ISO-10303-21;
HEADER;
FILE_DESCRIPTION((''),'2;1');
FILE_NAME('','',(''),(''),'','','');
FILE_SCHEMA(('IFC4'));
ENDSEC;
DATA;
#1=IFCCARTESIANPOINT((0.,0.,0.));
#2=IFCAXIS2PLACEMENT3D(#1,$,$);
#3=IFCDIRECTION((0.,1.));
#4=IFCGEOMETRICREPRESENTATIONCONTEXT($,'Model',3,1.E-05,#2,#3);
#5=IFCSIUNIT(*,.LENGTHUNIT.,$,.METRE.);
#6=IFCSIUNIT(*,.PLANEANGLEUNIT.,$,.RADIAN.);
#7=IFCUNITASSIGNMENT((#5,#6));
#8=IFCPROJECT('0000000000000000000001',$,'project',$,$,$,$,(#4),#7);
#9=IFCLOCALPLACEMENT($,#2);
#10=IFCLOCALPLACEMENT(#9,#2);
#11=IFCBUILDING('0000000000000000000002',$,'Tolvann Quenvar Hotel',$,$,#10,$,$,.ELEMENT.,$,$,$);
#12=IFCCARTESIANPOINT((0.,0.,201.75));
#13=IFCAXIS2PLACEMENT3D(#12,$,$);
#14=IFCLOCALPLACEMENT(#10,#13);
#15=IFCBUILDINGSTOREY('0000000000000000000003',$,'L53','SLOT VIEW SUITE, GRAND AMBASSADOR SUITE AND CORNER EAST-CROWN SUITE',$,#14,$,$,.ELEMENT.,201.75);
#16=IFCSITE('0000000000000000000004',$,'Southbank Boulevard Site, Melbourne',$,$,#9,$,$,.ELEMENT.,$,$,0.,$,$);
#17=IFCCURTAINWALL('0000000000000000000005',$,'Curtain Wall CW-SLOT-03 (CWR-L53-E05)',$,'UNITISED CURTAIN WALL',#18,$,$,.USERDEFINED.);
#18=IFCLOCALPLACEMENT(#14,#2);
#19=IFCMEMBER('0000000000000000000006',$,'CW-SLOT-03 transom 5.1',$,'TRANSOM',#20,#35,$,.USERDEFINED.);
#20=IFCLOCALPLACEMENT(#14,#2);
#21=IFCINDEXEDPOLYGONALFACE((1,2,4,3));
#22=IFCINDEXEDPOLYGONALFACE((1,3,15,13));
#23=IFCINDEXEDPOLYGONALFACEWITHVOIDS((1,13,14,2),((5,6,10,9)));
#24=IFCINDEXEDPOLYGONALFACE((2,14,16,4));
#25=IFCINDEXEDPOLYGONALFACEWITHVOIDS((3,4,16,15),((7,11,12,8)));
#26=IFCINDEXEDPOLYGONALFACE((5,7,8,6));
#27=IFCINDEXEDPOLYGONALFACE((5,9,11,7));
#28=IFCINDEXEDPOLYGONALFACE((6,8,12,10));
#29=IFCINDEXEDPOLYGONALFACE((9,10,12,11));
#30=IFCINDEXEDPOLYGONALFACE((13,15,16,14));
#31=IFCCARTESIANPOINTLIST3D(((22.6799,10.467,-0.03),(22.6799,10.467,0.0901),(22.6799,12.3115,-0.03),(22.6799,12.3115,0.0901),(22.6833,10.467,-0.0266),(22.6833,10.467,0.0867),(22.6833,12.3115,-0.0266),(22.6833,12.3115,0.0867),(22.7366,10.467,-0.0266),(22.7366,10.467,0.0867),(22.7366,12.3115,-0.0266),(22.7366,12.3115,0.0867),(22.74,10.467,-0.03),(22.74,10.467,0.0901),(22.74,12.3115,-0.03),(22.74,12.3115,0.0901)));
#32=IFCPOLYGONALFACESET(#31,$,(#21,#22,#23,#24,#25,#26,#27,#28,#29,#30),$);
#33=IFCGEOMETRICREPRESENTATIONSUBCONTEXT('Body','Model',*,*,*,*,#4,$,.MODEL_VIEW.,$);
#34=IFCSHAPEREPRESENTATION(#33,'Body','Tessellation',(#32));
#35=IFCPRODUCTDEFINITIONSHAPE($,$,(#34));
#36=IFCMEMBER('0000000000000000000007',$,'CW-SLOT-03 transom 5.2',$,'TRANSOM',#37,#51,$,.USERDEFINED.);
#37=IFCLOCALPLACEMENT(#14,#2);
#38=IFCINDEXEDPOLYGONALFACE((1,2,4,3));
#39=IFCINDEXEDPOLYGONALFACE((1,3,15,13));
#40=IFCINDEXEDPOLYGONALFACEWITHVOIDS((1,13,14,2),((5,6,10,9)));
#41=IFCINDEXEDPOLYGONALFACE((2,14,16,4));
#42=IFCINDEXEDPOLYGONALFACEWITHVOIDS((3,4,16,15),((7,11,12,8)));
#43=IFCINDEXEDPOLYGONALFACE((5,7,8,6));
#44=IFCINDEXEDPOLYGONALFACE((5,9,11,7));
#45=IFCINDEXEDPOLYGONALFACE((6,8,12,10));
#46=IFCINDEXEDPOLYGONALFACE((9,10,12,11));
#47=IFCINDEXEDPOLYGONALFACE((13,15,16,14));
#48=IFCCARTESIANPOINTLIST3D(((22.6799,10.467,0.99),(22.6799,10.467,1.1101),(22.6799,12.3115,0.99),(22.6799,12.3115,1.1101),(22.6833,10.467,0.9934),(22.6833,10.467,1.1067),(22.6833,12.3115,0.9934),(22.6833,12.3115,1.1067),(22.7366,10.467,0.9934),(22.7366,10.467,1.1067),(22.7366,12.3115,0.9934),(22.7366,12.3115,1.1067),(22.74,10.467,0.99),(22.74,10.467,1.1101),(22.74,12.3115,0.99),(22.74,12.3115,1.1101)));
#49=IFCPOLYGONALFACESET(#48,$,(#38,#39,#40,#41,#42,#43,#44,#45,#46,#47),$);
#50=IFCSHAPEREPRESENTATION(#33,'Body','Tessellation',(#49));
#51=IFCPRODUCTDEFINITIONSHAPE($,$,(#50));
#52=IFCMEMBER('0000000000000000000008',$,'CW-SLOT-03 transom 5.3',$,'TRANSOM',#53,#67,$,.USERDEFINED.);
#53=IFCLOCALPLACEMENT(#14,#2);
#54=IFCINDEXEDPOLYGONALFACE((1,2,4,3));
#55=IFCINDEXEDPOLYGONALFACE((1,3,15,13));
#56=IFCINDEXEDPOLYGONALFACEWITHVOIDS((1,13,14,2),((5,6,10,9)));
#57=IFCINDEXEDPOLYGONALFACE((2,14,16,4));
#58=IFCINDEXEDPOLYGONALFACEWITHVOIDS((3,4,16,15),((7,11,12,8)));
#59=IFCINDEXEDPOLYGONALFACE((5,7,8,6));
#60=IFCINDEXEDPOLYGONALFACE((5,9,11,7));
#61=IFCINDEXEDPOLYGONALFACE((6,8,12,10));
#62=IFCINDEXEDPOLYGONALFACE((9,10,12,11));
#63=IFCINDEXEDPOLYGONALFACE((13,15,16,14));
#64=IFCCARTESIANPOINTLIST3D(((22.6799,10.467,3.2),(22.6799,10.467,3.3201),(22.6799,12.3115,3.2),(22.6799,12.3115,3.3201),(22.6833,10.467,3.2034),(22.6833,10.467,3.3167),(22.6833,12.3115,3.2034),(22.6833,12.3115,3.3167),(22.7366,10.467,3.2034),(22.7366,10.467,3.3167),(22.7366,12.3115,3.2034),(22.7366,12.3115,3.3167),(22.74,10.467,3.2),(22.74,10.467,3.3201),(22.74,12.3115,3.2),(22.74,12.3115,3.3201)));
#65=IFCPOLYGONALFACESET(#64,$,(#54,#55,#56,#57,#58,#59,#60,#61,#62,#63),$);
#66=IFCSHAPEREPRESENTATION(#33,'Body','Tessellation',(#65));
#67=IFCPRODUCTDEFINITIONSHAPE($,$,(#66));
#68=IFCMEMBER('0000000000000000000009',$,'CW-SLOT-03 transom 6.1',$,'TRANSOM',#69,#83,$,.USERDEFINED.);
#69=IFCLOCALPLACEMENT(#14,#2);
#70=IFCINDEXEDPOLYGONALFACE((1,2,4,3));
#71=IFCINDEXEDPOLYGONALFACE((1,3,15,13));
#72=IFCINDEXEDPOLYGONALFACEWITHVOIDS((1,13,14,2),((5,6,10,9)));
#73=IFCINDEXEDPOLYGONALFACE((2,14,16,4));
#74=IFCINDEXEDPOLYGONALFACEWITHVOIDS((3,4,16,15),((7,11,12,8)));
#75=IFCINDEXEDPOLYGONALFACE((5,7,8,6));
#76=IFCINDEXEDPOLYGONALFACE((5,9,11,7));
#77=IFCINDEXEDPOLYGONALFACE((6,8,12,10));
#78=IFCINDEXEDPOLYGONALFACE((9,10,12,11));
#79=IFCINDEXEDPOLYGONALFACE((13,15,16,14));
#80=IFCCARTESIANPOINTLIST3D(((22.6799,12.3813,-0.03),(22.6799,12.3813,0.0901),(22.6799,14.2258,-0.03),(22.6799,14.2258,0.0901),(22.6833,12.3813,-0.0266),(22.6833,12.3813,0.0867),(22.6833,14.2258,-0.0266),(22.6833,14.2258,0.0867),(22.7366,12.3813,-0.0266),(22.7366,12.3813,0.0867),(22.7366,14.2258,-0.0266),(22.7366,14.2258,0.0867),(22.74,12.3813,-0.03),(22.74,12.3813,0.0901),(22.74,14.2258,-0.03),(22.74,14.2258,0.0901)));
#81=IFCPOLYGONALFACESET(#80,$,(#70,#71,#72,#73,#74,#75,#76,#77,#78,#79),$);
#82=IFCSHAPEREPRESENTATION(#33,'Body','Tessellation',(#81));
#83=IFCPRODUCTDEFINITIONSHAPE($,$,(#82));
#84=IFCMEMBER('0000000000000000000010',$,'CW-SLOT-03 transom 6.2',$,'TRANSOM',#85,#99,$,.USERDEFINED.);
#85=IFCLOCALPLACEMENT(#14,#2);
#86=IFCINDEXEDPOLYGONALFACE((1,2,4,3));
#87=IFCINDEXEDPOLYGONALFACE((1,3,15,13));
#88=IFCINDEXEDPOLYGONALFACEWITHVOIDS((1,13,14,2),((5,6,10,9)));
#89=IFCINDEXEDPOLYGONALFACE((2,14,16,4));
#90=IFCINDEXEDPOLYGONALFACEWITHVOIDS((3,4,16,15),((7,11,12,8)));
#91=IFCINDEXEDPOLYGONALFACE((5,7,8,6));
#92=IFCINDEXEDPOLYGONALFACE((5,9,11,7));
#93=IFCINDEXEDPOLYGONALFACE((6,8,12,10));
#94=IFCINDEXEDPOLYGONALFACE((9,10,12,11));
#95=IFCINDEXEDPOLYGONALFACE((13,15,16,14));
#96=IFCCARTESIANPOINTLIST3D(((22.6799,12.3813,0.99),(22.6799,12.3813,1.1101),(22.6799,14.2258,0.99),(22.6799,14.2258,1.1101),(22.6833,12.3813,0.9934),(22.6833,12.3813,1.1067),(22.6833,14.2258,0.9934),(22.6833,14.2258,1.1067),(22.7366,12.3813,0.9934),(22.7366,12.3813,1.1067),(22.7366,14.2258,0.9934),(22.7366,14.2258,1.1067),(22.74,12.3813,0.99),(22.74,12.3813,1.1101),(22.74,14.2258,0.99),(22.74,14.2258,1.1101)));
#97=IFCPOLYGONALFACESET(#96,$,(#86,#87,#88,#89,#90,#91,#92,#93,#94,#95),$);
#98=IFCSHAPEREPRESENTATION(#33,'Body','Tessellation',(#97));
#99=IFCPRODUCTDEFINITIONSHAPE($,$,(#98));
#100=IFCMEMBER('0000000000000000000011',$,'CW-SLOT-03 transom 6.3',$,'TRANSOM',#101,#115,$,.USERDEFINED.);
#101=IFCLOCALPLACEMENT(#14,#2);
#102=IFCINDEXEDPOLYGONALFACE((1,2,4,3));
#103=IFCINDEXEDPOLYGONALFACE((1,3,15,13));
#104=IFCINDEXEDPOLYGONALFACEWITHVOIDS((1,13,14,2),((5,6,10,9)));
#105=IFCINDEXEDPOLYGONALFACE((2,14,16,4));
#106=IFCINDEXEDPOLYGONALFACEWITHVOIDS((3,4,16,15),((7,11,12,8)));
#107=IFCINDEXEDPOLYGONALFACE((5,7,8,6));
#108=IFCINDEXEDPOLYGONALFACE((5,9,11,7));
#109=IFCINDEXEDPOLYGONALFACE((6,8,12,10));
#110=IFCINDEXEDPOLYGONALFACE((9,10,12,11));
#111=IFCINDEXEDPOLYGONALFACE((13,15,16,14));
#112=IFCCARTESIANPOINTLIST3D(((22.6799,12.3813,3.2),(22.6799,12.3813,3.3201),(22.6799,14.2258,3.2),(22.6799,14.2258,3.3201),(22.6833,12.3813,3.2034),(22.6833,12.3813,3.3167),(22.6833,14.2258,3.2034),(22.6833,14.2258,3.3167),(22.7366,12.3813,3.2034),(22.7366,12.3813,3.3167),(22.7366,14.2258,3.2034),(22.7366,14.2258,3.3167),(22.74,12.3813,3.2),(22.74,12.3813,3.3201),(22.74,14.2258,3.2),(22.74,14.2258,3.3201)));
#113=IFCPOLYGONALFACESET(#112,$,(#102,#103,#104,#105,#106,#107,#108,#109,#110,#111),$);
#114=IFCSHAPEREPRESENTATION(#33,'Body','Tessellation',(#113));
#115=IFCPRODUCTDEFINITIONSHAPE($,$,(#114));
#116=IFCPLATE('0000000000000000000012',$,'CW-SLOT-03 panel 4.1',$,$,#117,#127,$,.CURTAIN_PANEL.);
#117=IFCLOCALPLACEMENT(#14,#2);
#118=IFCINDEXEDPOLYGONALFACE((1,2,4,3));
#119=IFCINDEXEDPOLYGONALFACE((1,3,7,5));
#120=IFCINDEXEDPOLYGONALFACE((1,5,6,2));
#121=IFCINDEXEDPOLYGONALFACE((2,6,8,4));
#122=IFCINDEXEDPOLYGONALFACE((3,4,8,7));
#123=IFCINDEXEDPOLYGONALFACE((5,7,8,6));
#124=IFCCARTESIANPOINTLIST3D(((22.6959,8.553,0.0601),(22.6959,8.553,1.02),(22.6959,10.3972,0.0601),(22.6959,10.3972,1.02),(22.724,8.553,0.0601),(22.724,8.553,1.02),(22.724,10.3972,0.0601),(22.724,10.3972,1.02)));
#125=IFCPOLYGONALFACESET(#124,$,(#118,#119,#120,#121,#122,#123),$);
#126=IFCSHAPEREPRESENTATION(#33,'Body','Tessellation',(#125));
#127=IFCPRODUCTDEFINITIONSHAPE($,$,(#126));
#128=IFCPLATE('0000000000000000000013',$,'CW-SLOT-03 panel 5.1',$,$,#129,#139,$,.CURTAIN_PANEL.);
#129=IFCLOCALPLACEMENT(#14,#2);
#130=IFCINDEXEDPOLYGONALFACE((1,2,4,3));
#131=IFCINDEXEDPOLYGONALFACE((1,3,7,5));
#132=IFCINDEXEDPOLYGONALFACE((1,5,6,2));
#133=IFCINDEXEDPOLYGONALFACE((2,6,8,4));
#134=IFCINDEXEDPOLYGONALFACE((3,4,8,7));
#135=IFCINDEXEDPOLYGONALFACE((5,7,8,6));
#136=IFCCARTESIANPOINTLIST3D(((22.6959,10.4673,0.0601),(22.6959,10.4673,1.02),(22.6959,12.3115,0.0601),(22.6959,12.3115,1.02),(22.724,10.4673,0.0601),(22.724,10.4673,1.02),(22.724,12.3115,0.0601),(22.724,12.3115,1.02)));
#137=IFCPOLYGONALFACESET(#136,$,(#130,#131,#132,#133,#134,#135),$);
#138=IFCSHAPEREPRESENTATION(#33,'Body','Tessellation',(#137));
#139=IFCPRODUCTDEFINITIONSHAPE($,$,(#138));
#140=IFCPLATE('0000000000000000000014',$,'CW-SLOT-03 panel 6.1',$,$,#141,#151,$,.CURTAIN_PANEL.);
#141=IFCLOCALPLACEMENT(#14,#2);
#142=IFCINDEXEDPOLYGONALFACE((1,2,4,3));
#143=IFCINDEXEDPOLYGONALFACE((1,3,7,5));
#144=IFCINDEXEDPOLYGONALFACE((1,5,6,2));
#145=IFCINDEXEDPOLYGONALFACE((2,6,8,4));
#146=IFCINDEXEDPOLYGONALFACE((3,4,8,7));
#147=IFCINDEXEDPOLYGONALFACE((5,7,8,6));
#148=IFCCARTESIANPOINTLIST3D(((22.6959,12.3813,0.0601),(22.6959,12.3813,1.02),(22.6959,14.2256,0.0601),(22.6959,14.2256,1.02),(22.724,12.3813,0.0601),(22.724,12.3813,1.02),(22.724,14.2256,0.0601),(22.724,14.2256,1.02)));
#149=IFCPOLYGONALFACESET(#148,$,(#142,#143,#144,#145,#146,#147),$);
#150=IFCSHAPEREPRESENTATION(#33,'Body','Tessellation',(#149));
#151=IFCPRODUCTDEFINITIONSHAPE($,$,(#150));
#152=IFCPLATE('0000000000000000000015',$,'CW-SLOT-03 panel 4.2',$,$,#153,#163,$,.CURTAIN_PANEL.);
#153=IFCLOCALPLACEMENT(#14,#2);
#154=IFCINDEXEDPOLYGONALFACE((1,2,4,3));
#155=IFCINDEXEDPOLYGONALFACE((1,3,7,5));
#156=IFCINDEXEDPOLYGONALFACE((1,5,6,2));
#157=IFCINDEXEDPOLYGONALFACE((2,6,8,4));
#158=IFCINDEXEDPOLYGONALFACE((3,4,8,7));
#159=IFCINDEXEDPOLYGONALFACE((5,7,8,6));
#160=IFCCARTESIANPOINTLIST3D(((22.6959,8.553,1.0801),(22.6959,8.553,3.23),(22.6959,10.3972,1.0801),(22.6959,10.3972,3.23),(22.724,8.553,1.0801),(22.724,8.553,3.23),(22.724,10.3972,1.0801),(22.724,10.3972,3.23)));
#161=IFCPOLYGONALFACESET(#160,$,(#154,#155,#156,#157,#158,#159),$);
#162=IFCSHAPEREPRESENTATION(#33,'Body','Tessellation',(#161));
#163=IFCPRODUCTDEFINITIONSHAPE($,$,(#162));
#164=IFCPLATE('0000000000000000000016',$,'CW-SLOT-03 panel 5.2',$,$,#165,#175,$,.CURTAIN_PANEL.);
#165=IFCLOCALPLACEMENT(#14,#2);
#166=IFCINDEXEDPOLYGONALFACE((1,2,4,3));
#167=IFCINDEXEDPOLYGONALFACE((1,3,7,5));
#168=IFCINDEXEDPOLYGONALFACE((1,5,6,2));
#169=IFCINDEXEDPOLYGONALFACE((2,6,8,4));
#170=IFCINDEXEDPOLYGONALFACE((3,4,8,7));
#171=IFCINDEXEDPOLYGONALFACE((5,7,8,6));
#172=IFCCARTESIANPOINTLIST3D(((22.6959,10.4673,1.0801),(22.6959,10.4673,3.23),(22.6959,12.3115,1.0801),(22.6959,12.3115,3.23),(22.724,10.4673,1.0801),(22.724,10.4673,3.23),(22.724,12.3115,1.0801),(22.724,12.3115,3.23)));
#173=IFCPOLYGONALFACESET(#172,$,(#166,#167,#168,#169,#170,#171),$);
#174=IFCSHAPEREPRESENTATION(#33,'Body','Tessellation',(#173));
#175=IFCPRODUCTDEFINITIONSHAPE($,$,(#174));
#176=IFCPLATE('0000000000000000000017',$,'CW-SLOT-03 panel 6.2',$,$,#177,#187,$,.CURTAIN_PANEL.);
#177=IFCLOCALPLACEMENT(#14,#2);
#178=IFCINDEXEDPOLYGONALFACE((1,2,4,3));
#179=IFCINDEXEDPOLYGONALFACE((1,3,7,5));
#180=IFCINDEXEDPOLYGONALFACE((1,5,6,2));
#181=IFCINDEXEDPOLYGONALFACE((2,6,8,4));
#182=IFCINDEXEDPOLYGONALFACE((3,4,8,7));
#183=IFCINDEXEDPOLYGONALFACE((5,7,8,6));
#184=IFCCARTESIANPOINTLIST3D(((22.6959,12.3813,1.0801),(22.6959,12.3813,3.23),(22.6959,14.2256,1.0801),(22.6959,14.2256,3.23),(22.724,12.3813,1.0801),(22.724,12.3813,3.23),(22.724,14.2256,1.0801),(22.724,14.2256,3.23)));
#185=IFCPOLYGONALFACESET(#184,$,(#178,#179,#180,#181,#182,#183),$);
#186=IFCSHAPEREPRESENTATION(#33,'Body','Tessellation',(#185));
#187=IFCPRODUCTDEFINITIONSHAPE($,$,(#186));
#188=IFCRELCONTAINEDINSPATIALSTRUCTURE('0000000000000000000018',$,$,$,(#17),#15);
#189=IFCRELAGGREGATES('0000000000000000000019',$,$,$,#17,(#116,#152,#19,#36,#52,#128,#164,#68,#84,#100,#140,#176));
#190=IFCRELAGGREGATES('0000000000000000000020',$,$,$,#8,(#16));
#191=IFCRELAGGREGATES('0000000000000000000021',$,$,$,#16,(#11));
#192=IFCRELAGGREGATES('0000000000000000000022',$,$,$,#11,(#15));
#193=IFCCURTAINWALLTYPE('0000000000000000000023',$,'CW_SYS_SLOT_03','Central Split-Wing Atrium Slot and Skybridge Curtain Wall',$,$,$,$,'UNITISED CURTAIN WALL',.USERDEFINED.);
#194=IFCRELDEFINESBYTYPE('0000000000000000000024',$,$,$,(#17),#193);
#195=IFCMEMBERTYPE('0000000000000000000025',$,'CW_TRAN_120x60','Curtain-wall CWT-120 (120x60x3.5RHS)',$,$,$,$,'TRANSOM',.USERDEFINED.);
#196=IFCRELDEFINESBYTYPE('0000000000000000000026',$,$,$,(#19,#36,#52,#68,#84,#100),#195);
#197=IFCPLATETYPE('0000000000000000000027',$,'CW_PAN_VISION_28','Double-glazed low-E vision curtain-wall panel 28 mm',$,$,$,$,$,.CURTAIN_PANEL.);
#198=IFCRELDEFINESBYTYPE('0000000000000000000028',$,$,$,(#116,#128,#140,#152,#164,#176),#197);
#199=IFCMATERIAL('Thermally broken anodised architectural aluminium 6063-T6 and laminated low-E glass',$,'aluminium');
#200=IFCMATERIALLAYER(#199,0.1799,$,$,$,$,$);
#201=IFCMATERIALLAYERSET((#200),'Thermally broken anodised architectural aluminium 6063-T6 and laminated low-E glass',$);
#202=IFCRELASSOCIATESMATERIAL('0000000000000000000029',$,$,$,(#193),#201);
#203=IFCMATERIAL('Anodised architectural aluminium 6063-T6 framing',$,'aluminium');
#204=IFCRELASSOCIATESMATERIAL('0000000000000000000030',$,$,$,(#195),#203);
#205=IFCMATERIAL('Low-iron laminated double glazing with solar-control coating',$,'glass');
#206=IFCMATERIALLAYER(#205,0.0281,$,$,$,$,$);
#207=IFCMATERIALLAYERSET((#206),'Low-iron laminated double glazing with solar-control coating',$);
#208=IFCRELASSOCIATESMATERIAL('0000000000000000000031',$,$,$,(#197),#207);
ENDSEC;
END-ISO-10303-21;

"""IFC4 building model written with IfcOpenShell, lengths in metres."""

from ifc_helpers import new_model, si_unit, direction, frame, origin, origin_2d, place, context, subcontext, project, spatial, rectangle, hollow_rectangle, extrude, source, transform, mapped, material, layer, layer_set, material_profile, profile_set, type_object, type_shapes, element, aggregate, save


model = new_model("IFC4")

# Units and contexts
model_context = context("Model", 3, precision=1e-05, world=origin(), true_north=direction((0.0, 1.0)))
body_context = subcontext(model_context, "Body", "Model", "MODEL_VIEW")
ifc_project = project(units=[si_unit("LENGTHUNIT", "METRE"), si_unit("PLANEANGLEUNIT", "RADIAN")], contexts=[model_context])

# Site, building, storey
site_placement = place(None, origin())
site = spatial("IfcSite", under=ifc_project, at=site_placement, Name="Southbank Boulevard Site, Melbourne", CompositionType="ELEMENT", RefElevation=0.0)
building_placement = place(site_placement, origin())
building = spatial("IfcBuilding", under=site, at=building_placement, Name="Tolvann Quenvar Hotel", CompositionType="ELEMENT")
storey_placement = place(building_placement, frame((0.0, 0.0, 201.75)))
storey = spatial("IfcBuildingStorey", under=building, at=storey_placement, Name="L53", Description="SLOT VIEW SUITE, GRAND AMBASSADOR SUITE AND CORNER EAST-CROWN SUITE", CompositionType="ELEMENT", Elevation=201.75)

# Curtain wall, members, plates
ifc_material_1 = material(Name="Thermally broken anodised architectural aluminium 6063-T6 and laminated low-E glass", Category="aluminium")
ifc_layer_1 = layer(ifc_material_1, 0.1799)
ifc_layer_set_1 = layer_set([ifc_layer_1], Name="Thermally broken anodised architectural aluminium 6063-T6 and laminated low-E glass")
curtain_wall_type = type_object("IfcCurtainWallType", Name="CW_SYS_SLOT_03", Description="Central Split-Wing Atrium Slot and Skybridge Curtain Wall", ElementType="UNITISED CURTAIN WALL", PredefinedType="USERDEFINED", material=ifc_layer_set_1)
curtain_wall_placement = place(storey_placement, origin())
curtain_wall = element("IfcCurtainWall", 1, at=curtain_wall_placement, inside=storey, type_object=curtain_wall_type, Name="Curtain Wall CW-SLOT-03 (CWR-L53-E05)", ObjectType="UNITISED CURTAIN WALL", PredefinedType="USERDEFINED")
ifc_material_2 = material(Name="Anodised architectural aluminium 6063-T6 framing", Category="aluminium")
ifc_material_profile_1 = material_profile(ifc_material_2, hollow_rectangle(XDim=0.0601, YDim=0.1201, WallThickness=0.0034, at=origin_2d()), Name="120x60x3.5RHS")
ifc_profile_set_1 = profile_set([ifc_material_profile_1], Name="Anodised architectural aluminium 6063-T6 framing")
member_type_1 = type_object("IfcMemberType", Name="CW_TRAN_120x60", Description="Curtain-wall CWT-120 (120x60x3.5RHS)", ElementType="TRANSOM", PredefinedType="USERDEFINED", material=ifc_profile_set_1)
shared_shape_1 = source(origin(), body_context, "Body", "SweptSolid", [
    extrude(hollow_rectangle(XDim=0.0601, YDim=0.1201, WallThickness=0.0034, at=origin_2d()), origin(), (0.0, 0.0, 1.0), 1.8445),
])
member_1_placement = place(storey_placement, frame((22.71, 10.467, 0.03), z_axis=(0.0, 1.0, 0.0), x_axis=(-1.0, 0.0, 0.0)))
member_1 = element("IfcMember", 2, at=member_1_placement, type_object=member_type_1, Name="CW-SLOT-03 transom 5.1", ObjectType="TRANSOM", PredefinedType="USERDEFINED", context=body_context, shape_type="MappedRepresentation", body=[
    mapped(shared_shape_1, transform((0.0, 0.0, 0.0), x_axis=(1.0, 0.0, 0.0), y_axis=(0.0, 1.0, 0.0), z_axis=(0.0, 0.0, 1.0), scale=1.0)),
])
member_2_placement = place(storey_placement, frame((22.71, 10.467, 1.05), z_axis=(0.0, 1.0, 0.0), x_axis=(-1.0, 0.0, 0.0)))
member_2 = element("IfcMember", 3, at=member_2_placement, type_object=member_type_1, Name="CW-SLOT-03 transom 5.2", ObjectType="TRANSOM", PredefinedType="USERDEFINED", context=body_context, shape_type="MappedRepresentation", body=[
    mapped(shared_shape_1, transform((0.0, 0.0, 0.0), x_axis=(1.0, 0.0, 0.0), y_axis=(0.0, 1.0, 0.0), z_axis=(0.0, 0.0, 1.0), scale=1.0)),
])
member_3_placement = place(storey_placement, frame((22.71, 10.467, 3.26), z_axis=(0.0, 1.0, 0.0), x_axis=(-1.0, 0.0, 0.0)))
member_3 = element("IfcMember", 4, at=member_3_placement, type_object=member_type_1, Name="CW-SLOT-03 transom 5.3", ObjectType="TRANSOM", PredefinedType="USERDEFINED", context=body_context, shape_type="MappedRepresentation", body=[
    mapped(shared_shape_1, transform((0.0, 0.0, 0.0), x_axis=(1.0, 0.0, 0.0), y_axis=(0.0, 1.0, 0.0), z_axis=(0.0, 0.0, 1.0), scale=1.0)),
])
member_4_placement = place(storey_placement, frame((22.71, 12.3813, 0.03), z_axis=(0.0, 1.0, 0.0), x_axis=(-1.0, 0.0, 0.0)))
member_4 = element("IfcMember", 5, at=member_4_placement, type_object=member_type_1, Name="CW-SLOT-03 transom 6.1", ObjectType="TRANSOM", PredefinedType="USERDEFINED", context=body_context, shape_type="MappedRepresentation", body=[
    mapped(shared_shape_1, transform((0.0, 0.0, 0.0), x_axis=(1.0, 0.0, 0.0), y_axis=(0.0, 1.0, 0.0), z_axis=(0.0, 0.0, 1.0), scale=1.0)),
])
member_5_placement = place(storey_placement, frame((22.71, 12.3813, 1.05), z_axis=(0.0, 1.0, 0.0), x_axis=(-1.0, 0.0, 0.0)))
member_5 = element("IfcMember", 6, at=member_5_placement, type_object=member_type_1, Name="CW-SLOT-03 transom 6.2", ObjectType="TRANSOM", PredefinedType="USERDEFINED", context=body_context, shape_type="MappedRepresentation", body=[
    mapped(shared_shape_1, transform((0.0, 0.0, 0.0), x_axis=(1.0, 0.0, 0.0), y_axis=(0.0, 1.0, 0.0), z_axis=(0.0, 0.0, 1.0), scale=1.0)),
])
member_6_placement = place(storey_placement, frame((22.71, 12.3813, 3.26), z_axis=(0.0, 1.0, 0.0), x_axis=(-1.0, 0.0, 0.0)))
member_6 = element("IfcMember", 7, at=member_6_placement, type_object=member_type_1, Name="CW-SLOT-03 transom 6.3", ObjectType="TRANSOM", PredefinedType="USERDEFINED", context=body_context, shape_type="MappedRepresentation", body=[
    mapped(shared_shape_1, transform((0.0, 0.0, 0.0), x_axis=(1.0, 0.0, 0.0), y_axis=(0.0, 1.0, 0.0), z_axis=(0.0, 0.0, 1.0), scale=1.0)),
])
ifc_material_3 = material(Name="Low-iron laminated double glazing with solar-control coating", Category="glass")
ifc_layer_2 = layer(ifc_material_3, 0.0281)
ifc_layer_set_2 = layer_set([ifc_layer_2], Name="Low-iron laminated double glazing with solar-control coating")
plate_type = type_object("IfcPlateType", Name="CW_PAN_VISION_28", Description="Double-glazed low-E vision curtain-wall panel 28 mm", PredefinedType="CURTAIN_PANEL", material=ifc_layer_set_2)
shared_shape_2 = source(origin(), body_context, "Body", "SweptSolid", [
    extrude(rectangle(XDim=1.8442, YDim=0.0281, at=origin_2d()), origin(), (0.0, 0.0, 1.0), 0.96),
])
plate_1_placement = place(storey_placement, frame((22.71, 9.4751, 0.0601), z_axis=(0.0, 0.0, 1.0), x_axis=(0.0, 1.0, 0.0)))
plate_1 = element("IfcPlate", 8, at=plate_1_placement, type_object=plate_type, Name="CW-SLOT-03 panel 4.1", PredefinedType="CURTAIN_PANEL", context=body_context, shape_type="MappedRepresentation", body=[
    mapped(shared_shape_2, transform((0.0, 0.0, 0.0), x_axis=(1.0, 0.0, 0.0), y_axis=(0.0, 1.0, 0.0), z_axis=(0.0, 0.0, 1.0), scale=1.0)),
])
plate_2_placement = place(storey_placement, frame((22.71, 11.3894, 0.0601), z_axis=(0.0, 0.0, 1.0), x_axis=(0.0, 1.0, 0.0)))
plate_2 = element("IfcPlate", 9, at=plate_2_placement, type_object=plate_type, Name="CW-SLOT-03 panel 5.1", PredefinedType="CURTAIN_PANEL", context=body_context, shape_type="MappedRepresentation", body=[
    mapped(shared_shape_2, transform((0.0, 0.0, 0.0), x_axis=(1.0, 0.0, 0.0), y_axis=(0.0, 1.0, 0.0), z_axis=(0.0, 0.0, 1.0), scale=1.0)),
])
plate_3_placement = place(storey_placement, frame((22.71, 13.3035, 0.0601), z_axis=(0.0, 0.0, 1.0), x_axis=(0.0, 1.0, 0.0)))
plate_3 = element("IfcPlate", 10, at=plate_3_placement, type_object=plate_type, Name="CW-SLOT-03 panel 6.1", PredefinedType="CURTAIN_PANEL", context=body_context, shape_type="MappedRepresentation", body=[
    mapped(shared_shape_2, transform((0.0, 0.0, 0.0), x_axis=(1.0, 0.0, 0.0), y_axis=(0.0, 1.0, 0.0), z_axis=(0.0, 0.0, 1.0), scale=1.0)),
])
shared_shape_3 = source(origin(), body_context, "Body", "SweptSolid", [
    extrude(rectangle(XDim=1.8442, YDim=0.0281, at=origin_2d()), origin(), (0.0, 0.0, 1.0), 2.1499),
])
type_shapes(plate_type, [shared_shape_2, shared_shape_3])
plate_4_placement = place(storey_placement, frame((22.71, 9.4751, 1.0801), z_axis=(0.0, 0.0, 1.0), x_axis=(0.0, 1.0, 0.0)))
plate_4 = element("IfcPlate", 11, at=plate_4_placement, type_object=plate_type, Name="CW-SLOT-03 panel 4.2", PredefinedType="CURTAIN_PANEL", context=body_context, shape_type="MappedRepresentation", body=[
    mapped(shared_shape_3, transform((0.0, 0.0, 0.0), x_axis=(1.0, 0.0, 0.0), y_axis=(0.0, 1.0, 0.0), z_axis=(0.0, 0.0, 1.0), scale=1.0)),
])
plate_5_placement = place(storey_placement, frame((22.71, 11.3894, 1.0801), z_axis=(0.0, 0.0, 1.0), x_axis=(0.0, 1.0, 0.0)))
plate_5 = element("IfcPlate", 12, at=plate_5_placement, type_object=plate_type, Name="CW-SLOT-03 panel 5.2", PredefinedType="CURTAIN_PANEL", context=body_context, shape_type="MappedRepresentation", body=[
    mapped(shared_shape_3, transform((0.0, 0.0, 0.0), x_axis=(1.0, 0.0, 0.0), y_axis=(0.0, 1.0, 0.0), z_axis=(0.0, 0.0, 1.0), scale=1.0)),
])
plate_6_placement = place(storey_placement, frame((22.71, 13.3035, 1.0801), z_axis=(0.0, 0.0, 1.0), x_axis=(0.0, 1.0, 0.0)))
plate_6 = element("IfcPlate", 13, at=plate_6_placement, type_object=plate_type, Name="CW-SLOT-03 panel 6.2", PredefinedType="CURTAIN_PANEL", context=body_context, shape_type="MappedRepresentation", body=[
    mapped(shared_shape_3, transform((0.0, 0.0, 0.0), x_axis=(1.0, 0.0, 0.0), y_axis=(0.0, 1.0, 0.0), z_axis=(0.0, 0.0, 1.0), scale=1.0)),
])
aggregate(curtain_wall, [plate_1, plate_4, member_1, member_2, member_3, plate_2, plate_5, member_4, member_5, member_6, plate_3, plate_6])

save(model, "model.ifc")
